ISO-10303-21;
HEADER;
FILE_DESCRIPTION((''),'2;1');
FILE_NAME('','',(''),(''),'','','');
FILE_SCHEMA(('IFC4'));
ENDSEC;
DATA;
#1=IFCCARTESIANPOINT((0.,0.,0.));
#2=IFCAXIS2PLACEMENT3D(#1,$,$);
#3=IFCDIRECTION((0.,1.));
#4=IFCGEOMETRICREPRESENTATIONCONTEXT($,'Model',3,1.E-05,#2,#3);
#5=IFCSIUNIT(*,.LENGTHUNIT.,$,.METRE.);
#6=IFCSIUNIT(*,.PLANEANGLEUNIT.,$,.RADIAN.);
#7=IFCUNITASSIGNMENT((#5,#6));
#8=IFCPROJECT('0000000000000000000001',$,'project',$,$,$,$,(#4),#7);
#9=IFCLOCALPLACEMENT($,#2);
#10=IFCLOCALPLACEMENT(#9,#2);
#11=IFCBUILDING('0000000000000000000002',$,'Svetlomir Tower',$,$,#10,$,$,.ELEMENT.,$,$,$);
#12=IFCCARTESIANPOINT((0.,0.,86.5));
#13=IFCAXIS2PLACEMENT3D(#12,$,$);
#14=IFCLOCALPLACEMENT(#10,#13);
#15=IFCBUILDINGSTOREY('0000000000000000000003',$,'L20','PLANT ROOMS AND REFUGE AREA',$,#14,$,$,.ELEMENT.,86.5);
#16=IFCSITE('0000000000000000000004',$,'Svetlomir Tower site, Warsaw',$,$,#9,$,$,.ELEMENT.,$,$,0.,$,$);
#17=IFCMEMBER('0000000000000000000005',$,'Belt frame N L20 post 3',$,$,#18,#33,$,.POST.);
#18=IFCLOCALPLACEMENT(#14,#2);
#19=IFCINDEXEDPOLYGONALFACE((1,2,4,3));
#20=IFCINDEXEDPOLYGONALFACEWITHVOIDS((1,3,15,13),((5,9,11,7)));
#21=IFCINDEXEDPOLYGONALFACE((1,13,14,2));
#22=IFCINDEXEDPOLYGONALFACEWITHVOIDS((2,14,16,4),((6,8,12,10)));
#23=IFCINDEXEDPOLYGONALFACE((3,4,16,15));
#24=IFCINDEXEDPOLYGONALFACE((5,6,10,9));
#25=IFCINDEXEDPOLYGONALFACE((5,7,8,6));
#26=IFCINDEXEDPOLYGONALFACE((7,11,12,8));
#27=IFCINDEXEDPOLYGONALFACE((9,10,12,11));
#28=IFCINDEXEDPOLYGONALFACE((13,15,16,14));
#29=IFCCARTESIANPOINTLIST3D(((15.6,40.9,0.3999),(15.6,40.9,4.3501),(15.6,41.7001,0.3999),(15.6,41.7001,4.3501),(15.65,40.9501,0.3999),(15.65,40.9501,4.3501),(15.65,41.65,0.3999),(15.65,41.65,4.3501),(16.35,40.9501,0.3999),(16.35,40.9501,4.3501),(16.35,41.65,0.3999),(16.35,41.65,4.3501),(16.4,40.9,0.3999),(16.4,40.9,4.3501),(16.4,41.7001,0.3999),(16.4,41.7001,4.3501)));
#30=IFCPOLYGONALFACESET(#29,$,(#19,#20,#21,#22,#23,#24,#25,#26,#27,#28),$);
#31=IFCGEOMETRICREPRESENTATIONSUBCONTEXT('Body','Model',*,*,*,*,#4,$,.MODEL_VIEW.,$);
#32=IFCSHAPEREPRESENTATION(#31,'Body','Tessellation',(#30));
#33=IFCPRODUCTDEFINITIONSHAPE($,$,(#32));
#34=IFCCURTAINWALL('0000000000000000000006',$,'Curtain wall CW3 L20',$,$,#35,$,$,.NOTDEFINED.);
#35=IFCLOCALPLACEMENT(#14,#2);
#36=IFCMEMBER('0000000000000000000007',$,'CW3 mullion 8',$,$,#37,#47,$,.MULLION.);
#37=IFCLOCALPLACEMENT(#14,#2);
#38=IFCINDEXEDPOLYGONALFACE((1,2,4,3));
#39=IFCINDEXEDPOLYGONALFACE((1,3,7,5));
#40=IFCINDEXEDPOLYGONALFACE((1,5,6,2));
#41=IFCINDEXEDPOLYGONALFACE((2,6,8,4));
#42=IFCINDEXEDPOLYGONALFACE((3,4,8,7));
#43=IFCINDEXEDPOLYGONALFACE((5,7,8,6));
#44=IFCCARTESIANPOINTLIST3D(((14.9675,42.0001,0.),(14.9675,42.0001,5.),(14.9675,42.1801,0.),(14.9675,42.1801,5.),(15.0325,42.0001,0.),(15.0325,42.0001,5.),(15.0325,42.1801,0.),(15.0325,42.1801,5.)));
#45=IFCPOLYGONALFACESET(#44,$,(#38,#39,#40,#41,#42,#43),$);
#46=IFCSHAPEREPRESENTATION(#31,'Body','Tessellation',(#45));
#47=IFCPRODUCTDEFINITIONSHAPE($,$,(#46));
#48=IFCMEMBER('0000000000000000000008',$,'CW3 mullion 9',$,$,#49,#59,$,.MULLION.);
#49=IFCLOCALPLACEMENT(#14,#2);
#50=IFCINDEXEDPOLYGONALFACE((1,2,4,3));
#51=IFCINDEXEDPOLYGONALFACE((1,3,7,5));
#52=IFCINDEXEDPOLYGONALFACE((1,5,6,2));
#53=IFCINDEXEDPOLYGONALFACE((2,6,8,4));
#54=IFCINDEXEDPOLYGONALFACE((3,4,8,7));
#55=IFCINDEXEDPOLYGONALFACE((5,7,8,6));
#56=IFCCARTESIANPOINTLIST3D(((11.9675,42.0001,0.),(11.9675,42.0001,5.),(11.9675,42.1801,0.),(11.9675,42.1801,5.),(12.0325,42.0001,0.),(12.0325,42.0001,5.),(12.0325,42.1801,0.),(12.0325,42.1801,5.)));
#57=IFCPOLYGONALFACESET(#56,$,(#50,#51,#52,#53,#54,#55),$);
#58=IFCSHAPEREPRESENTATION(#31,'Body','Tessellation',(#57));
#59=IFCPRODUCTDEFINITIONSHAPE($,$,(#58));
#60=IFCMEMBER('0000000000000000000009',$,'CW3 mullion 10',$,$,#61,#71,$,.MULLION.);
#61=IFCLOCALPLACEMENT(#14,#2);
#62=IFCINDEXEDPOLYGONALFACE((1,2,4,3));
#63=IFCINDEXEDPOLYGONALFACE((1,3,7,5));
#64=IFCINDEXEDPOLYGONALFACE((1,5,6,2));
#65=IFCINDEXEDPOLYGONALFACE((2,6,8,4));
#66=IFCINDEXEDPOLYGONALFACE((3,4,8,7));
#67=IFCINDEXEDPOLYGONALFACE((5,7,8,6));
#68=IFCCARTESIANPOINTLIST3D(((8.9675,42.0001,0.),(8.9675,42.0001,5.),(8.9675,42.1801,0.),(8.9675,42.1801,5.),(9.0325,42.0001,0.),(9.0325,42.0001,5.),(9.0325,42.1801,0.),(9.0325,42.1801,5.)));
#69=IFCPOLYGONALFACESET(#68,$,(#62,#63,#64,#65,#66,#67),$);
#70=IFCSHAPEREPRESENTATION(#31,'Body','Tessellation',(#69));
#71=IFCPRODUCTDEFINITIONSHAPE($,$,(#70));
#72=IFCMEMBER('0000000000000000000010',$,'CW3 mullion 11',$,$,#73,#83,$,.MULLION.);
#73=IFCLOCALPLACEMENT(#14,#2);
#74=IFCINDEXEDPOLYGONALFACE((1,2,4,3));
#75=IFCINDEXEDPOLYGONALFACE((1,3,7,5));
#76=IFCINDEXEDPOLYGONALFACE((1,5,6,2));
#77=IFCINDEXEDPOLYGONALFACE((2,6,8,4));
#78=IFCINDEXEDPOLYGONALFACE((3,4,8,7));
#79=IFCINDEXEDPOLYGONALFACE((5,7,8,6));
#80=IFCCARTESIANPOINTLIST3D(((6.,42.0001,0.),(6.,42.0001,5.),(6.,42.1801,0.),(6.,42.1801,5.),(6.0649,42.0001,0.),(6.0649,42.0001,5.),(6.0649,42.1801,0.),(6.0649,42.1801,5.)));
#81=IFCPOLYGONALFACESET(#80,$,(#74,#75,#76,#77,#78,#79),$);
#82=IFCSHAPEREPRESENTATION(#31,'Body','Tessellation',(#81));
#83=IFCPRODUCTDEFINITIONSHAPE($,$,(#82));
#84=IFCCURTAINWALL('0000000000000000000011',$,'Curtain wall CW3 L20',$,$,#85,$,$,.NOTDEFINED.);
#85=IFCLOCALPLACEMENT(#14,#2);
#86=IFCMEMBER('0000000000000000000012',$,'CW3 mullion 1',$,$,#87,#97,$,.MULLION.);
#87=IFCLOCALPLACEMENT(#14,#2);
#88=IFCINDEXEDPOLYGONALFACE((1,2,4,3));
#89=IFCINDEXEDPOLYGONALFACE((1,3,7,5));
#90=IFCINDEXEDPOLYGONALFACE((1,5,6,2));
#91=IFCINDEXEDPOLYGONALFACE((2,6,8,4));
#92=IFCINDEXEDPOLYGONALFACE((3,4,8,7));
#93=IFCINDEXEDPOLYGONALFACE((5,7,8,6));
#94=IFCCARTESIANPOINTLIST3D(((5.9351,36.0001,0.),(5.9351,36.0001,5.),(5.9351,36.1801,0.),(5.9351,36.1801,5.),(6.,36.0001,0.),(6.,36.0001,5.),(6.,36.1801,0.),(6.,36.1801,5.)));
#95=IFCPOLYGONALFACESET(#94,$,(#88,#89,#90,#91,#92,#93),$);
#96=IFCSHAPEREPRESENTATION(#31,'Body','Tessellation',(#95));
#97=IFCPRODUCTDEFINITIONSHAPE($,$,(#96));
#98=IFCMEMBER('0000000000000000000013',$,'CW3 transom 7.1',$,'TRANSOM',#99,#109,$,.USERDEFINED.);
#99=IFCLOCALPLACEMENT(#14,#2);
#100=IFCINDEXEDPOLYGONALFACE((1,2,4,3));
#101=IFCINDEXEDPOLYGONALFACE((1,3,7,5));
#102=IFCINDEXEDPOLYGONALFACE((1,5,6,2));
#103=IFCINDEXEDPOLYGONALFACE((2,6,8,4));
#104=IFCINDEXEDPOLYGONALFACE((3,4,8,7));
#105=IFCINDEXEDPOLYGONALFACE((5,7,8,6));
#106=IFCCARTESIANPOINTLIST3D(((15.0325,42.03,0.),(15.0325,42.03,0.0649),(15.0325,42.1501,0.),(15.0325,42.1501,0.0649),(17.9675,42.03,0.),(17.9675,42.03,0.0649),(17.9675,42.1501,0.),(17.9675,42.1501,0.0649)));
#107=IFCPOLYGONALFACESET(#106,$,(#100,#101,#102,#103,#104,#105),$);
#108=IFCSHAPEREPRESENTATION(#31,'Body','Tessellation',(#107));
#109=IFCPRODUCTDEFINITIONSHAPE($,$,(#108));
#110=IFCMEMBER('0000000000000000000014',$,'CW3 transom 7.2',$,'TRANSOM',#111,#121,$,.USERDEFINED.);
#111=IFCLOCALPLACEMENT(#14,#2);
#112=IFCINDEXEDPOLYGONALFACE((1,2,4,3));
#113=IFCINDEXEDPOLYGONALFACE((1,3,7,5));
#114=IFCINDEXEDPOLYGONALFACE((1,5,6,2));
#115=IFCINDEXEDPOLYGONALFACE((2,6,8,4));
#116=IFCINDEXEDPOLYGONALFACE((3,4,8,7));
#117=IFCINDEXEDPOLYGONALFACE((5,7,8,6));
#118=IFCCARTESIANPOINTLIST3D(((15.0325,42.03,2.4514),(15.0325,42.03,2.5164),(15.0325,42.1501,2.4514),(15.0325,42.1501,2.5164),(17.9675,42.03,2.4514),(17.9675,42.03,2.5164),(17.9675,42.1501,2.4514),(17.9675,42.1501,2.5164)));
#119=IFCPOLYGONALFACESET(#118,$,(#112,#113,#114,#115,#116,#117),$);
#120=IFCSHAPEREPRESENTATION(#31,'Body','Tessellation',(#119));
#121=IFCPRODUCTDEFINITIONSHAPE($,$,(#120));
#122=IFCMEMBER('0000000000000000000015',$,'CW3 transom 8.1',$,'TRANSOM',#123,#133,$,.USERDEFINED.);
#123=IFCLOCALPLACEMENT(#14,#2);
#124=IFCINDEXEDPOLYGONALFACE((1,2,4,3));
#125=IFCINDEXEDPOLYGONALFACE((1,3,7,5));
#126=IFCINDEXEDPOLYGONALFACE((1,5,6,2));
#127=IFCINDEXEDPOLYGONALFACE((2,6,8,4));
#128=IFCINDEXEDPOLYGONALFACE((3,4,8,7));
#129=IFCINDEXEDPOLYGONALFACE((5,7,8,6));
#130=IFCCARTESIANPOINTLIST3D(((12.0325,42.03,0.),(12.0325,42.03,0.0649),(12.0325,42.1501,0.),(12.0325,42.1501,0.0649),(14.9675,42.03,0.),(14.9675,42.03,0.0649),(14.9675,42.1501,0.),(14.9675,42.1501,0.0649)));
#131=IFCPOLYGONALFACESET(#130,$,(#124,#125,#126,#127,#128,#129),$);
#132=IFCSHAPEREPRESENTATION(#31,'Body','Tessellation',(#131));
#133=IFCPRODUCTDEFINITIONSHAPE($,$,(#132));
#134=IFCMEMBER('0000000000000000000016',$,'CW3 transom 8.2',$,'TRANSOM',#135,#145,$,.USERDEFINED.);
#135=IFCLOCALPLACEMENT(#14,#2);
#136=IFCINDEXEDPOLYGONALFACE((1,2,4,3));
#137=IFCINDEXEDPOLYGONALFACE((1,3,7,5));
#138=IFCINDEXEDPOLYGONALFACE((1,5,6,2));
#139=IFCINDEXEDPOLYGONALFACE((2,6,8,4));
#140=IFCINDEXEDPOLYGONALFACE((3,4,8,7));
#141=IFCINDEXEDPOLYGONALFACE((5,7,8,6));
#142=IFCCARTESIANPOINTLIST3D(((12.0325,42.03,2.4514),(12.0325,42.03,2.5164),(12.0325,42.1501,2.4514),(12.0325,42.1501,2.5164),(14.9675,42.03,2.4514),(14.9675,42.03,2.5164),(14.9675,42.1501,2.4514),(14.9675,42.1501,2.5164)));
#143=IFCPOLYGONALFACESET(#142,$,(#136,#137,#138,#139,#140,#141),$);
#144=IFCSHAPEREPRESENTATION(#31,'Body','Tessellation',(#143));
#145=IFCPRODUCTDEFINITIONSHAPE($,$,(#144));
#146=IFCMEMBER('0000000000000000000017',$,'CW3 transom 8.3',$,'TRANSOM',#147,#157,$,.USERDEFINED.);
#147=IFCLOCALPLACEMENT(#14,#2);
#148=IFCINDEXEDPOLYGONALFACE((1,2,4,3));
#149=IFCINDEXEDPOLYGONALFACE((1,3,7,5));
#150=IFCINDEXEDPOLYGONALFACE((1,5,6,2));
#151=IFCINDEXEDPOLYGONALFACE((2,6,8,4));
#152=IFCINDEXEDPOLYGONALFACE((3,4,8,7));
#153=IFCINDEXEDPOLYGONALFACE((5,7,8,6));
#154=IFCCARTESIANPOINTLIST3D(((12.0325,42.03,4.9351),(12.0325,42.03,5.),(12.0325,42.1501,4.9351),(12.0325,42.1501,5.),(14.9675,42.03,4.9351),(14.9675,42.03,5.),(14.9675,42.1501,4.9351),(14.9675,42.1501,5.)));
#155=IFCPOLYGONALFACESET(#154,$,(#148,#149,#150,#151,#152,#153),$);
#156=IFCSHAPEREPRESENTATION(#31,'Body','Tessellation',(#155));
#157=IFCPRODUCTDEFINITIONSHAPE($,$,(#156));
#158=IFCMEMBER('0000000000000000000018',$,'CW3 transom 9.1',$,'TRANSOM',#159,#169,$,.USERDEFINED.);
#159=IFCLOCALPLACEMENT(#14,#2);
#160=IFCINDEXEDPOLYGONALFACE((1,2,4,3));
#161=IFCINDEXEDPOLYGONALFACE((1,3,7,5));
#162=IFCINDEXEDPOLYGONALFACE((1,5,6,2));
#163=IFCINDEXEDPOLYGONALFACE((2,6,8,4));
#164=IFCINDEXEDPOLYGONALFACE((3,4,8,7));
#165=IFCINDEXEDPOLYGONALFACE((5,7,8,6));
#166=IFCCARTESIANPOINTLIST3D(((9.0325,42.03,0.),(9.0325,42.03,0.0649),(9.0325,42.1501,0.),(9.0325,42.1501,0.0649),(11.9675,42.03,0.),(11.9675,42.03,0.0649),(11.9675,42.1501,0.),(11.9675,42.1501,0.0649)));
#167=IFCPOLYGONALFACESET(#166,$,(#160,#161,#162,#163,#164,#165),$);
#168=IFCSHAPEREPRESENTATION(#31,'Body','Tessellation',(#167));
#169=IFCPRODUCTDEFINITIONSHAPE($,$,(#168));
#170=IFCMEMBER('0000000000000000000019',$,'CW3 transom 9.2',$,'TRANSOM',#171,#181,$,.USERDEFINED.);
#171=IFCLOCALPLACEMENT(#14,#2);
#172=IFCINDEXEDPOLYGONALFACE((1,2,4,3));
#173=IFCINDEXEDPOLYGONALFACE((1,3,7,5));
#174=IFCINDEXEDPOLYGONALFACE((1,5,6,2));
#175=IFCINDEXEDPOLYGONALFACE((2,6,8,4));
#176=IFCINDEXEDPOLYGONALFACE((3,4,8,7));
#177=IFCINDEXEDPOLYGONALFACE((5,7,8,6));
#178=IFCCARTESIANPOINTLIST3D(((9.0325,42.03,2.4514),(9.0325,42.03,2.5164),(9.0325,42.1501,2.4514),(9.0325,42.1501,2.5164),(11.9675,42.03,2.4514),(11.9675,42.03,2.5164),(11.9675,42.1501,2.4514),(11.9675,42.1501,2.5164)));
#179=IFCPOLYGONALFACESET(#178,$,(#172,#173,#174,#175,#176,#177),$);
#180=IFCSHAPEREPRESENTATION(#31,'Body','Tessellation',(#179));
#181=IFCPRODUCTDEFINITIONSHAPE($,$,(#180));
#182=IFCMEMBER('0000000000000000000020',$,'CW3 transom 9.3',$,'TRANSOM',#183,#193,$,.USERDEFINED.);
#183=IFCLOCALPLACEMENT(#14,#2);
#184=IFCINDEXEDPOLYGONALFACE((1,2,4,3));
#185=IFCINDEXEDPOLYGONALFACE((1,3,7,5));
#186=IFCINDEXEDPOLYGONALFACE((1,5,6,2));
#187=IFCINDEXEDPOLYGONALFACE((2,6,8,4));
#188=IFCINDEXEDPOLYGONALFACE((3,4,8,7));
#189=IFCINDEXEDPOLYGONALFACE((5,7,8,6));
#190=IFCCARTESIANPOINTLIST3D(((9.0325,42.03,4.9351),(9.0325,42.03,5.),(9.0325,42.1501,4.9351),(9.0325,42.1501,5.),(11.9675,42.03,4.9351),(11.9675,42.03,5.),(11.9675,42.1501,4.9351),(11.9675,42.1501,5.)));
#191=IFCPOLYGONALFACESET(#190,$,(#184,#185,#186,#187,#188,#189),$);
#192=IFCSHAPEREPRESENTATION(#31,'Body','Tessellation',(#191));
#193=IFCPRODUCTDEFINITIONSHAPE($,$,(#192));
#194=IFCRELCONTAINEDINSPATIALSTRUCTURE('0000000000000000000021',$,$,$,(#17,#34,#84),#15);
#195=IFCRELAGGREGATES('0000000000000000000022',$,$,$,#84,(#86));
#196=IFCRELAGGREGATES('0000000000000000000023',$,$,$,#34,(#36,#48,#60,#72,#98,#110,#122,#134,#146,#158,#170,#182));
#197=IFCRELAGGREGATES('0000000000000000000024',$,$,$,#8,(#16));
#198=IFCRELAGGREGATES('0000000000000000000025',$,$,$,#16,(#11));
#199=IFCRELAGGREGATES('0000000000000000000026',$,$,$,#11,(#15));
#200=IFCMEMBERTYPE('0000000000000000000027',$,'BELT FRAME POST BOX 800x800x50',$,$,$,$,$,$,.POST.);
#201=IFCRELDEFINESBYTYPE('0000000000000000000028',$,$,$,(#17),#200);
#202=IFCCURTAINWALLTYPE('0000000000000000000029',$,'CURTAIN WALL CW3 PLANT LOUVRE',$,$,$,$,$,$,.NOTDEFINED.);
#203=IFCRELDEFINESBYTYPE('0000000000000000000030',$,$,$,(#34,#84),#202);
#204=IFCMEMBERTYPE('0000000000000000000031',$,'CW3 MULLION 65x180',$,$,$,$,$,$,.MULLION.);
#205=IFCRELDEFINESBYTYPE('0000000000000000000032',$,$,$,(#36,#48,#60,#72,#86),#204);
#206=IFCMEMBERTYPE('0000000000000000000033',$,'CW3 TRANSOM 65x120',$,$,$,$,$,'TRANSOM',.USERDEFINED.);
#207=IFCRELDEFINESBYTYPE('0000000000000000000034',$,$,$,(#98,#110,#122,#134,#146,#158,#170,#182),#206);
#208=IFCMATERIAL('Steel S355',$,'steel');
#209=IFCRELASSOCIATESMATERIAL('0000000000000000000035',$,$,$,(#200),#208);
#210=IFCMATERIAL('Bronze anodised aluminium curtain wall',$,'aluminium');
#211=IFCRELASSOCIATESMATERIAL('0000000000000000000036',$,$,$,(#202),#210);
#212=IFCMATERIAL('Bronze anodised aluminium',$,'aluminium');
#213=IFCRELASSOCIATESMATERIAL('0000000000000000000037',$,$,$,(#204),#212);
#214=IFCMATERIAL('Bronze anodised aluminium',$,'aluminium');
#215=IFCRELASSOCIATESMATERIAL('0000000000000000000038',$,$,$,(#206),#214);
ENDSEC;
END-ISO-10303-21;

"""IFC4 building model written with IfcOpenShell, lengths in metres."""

from ifc_helpers import new_model, si_unit, direction, frame, origin, origin_2d, place, context, subcontext, project, spatial, rectangle, hollow_rectangle, extrude, material, material_profile, profile_set, type_object, element, aggregate, save


model = new_model("IFC4")

# Units and contexts
model_context = context("Model", 3, precision=1e-05, world=origin(), true_north=direction((0.0, 1.0)))
body_context = subcontext(model_context, "Body", "Model", "MODEL_VIEW")
ifc_project = project(units=[si_unit("LENGTHUNIT", "METRE"), si_unit("PLANEANGLEUNIT", "RADIAN")], contexts=[model_context])

# Site, building, storey
site_placement = place(None, origin())
site = spatial("IfcSite", under=ifc_project, at=site_placement, Name="Svetlomir Tower site, Warsaw", CompositionType="ELEMENT", RefElevation=0.0)
building_placement = place(site_placement, origin())
building = spatial("IfcBuilding", under=site, at=building_placement, Name="Svetlomir Tower", CompositionType="ELEMENT")
storey_placement = place(building_placement, frame((0.0, 0.0, 86.5)))
storey = spatial("IfcBuildingStorey", under=building, at=storey_placement, Name="L20", Description="PLANT ROOMS AND REFUGE AREA", CompositionType="ELEMENT", Elevation=86.5)

# Member
ifc_material_1 = material(Name="Steel S355", Category="steel")
ifc_material_profile_1 = material_profile(ifc_material_1, hollow_rectangle(XDim=0.8, YDim=0.8, WallThickness=0.05, at=origin_2d()), Name="BOX 800x800x50")
ifc_profile_set_1 = profile_set([ifc_material_profile_1], Name="Steel S355")
member_type_1 = type_object("IfcMemberType", Name="BELT FRAME POST BOX 800x800x50", PredefinedType="POST", material=ifc_profile_set_1)
for number, where, z_axis, x_axis, name in (
    (1, (16.0, 41.3, 0.3999), (0.0, 0.0, 1.0), (1.0, 0.0, 0.0), "Belt frame N L20 post 3"),
):
    element("IfcMember", number, at=place(storey_placement, frame(where, z_axis=z_axis, x_axis=x_axis)), inside=storey, type_object=member_type_1, Name=name, PredefinedType="POST", context=body_context, shape_type="SweptSolid", body=[
        extrude(hollow_rectangle(XDim=0.8, YDim=0.8, WallThickness=0.05, at=origin_2d()), origin(), (0.0, 0.0, 1.0), 3.9502),
    ])

# Curtain wall, members
ifc_material_2 = material(Name="Bronze anodised aluminium curtain wall", Category="aluminium")
curtain_wall_type = type_object("IfcCurtainWallType", Name="CURTAIN WALL CW3 PLANT LOUVRE", PredefinedType="NOTDEFINED", material=ifc_material_2)
curtain_wall_1_placement = place(storey_placement, origin())
curtain_wall_1 = element("IfcCurtainWall", 2, at=curtain_wall_1_placement, inside=storey, type_object=curtain_wall_type, Name="Curtain wall CW3 L20", PredefinedType="NOTDEFINED")
ifc_material_3 = material(Name="Bronze anodised aluminium", Category="aluminium")
ifc_material_profile_2 = material_profile(ifc_material_3, rectangle(XDim=0.0649, YDim=0.1799, at=origin_2d()), Name="AL 65x180")
ifc_profile_set_2 = profile_set([ifc_material_profile_2], Name="Bronze anodised aluminium 6063-T6")
member_type_2 = type_object("IfcMemberType", Name="CW3 MULLION 65x180", PredefinedType="MULLION", material=ifc_profile_set_2)
member_1_placement = place(storey_placement, frame((15.0, 42.0901, 0.0), z_axis=(0.0, 0.0, 1.0), x_axis=(-1.0, 0.0, 0.0)))
member_1 = element("IfcMember", 3, at=member_1_placement, type_object=member_type_2, Name="CW3 mullion 8", PredefinedType="MULLION", context=body_context, shape_type="SweptSolid", body=[
    extrude(rectangle(XDim=0.0649, YDim=0.1799, at=origin_2d()), origin(), (0.0, 0.0, 1.0), 5.0),
])
member_2_placement = place(storey_placement, frame((12.0, 42.0901, 0.0), z_axis=(0.0, 0.0, 1.0), x_axis=(-1.0, 0.0, 0.0)))
member_2 = element("IfcMember", 4, at=member_2_placement, type_object=member_type_2, Name="CW3 mullion 9", PredefinedType="MULLION", context=body_context, shape_type="SweptSolid", body=[
    extrude(rectangle(XDim=0.0649, YDim=0.1799, at=origin_2d()), origin(), (0.0, 0.0, 1.0), 5.0),
])
member_3_placement = place(storey_placement, frame((9.0, 42.0901, 0.0), z_axis=(0.0, 0.0, 1.0), x_axis=(-1.0, 0.0, 0.0)))
member_3 = element("IfcMember", 5, at=member_3_placement, type_object=member_type_2, Name="CW3 mullion 10", PredefinedType="MULLION", context=body_context, shape_type="SweptSolid", body=[
    extrude(rectangle(XDim=0.0649, YDim=0.1799, at=origin_2d()), origin(), (0.0, 0.0, 1.0), 5.0),
])
member_4_placement = place(storey_placement, frame((6.0325, 42.0901, 0.0), z_axis=(0.0, 0.0, 1.0), x_axis=(-1.0, 0.0, 0.0)))
member_4 = element("IfcMember", 6, at=member_4_placement, type_object=member_type_2, Name="CW3 mullion 11", PredefinedType="MULLION", context=body_context, shape_type="SweptSolid", body=[
    extrude(rectangle(XDim=0.0649, YDim=0.1799, at=origin_2d()), origin(), (0.0, 0.0, 1.0), 5.0),
])

# Curtain wall, member
curtain_wall_2_placement = place(storey_placement, origin())
curtain_wall_2 = element("IfcCurtainWall", 7, at=curtain_wall_2_placement, inside=storey, type_object=curtain_wall_type, Name="Curtain wall CW3 L20", PredefinedType="NOTDEFINED")
member_5_placement = place(storey_placement, frame((5.9675, 36.0901, 0.0), z_axis=(0.0, 0.0, 1.0), x_axis=(-1.0, 0.0, 0.0)))
member_5 = element("IfcMember", 8, at=member_5_placement, type_object=member_type_2, Name="CW3 mullion 1", PredefinedType="MULLION", context=body_context, shape_type="SweptSolid", body=[
    extrude(rectangle(XDim=0.0649, YDim=0.1799, at=origin_2d()), origin(), (0.0, 0.0, 1.0), 5.0),
])
aggregate(curtain_wall_2, [member_5])

# Members
ifc_material_4 = material(Name="Bronze anodised aluminium", Category="aluminium")
ifc_material_profile_3 = material_profile(ifc_material_4, rectangle(XDim=0.1201, YDim=0.0649, at=origin_2d()), Name="AL 120x65")
ifc_profile_set_3 = profile_set([ifc_material_profile_3], Name="Bronze anodised aluminium 6063-T6")
member_type_3 = type_object("IfcMemberType", Name="CW3 TRANSOM 65x120", ElementType="TRANSOM", PredefinedType="USERDEFINED", material=ifc_profile_set_3)
member_6_placement = place(storey_placement, frame((17.9675, 42.0901, 0.0325), z_axis=(-1.0, 0.0, 0.0), x_axis=(0.0, -1.0, 0.0)))
member_6 = element("IfcMember", 9, at=member_6_placement, type_object=member_type_3, Name="CW3 transom 7.1", ObjectType="TRANSOM", PredefinedType="USERDEFINED", context=body_context, shape_type="SweptSolid", body=[
    extrude(rectangle(XDim=0.1201, YDim=0.0649, at=origin_2d()), origin(), (0.0, 0.0, 1.0), 2.9351),
])
member_7_placement = place(storey_placement, frame((17.9675, 42.0901, 2.4839), z_axis=(-1.0, 0.0, 0.0), x_axis=(0.0, -1.0, 0.0)))
member_7 = element("IfcMember", 10, at=member_7_placement, type_object=member_type_3, Name="CW3 transom 7.2", ObjectType="TRANSOM", PredefinedType="USERDEFINED", context=body_context, shape_type="SweptSolid", body=[
    extrude(rectangle(XDim=0.1201, YDim=0.0649, at=origin_2d()), origin(), (0.0, 0.0, 1.0), 2.9351),
])
member_8_placement = place(storey_placement, frame((14.9675, 42.0901, 0.0325), z_axis=(-1.0, 0.0, 0.0), x_axis=(0.0, -1.0, 0.0)))
member_8 = element("IfcMember", 11, at=member_8_placement, type_object=member_type_3, Name="CW3 transom 8.1", ObjectType="TRANSOM", PredefinedType="USERDEFINED", context=body_context, shape_type="SweptSolid", body=[
    extrude(rectangle(XDim=0.1201, YDim=0.0649, at=origin_2d()), origin(), (0.0, 0.0, 1.0), 2.9351),
])
member_9_placement = place(storey_placement, frame((14.9675, 42.0901, 2.4839), z_axis=(-1.0, 0.0, 0.0), x_axis=(0.0, -1.0, 0.0)))
member_9 = element("IfcMember", 12, at=member_9_placement, type_object=member_type_3, Name="CW3 transom 8.2", ObjectType="TRANSOM", PredefinedType="USERDEFINED", context=body_context, shape_type="SweptSolid", body=[
    extrude(rectangle(XDim=0.1201, YDim=0.0649, at=origin_2d()), origin(), (0.0, 0.0, 1.0), 2.9351),
])
member_10_placement = place(storey_placement, frame((14.9675, 42.0901, 4.9675), z_axis=(-1.0, 0.0, 0.0), x_axis=(0.0, -1.0, 0.0)))
member_10 = element("IfcMember", 13, at=member_10_placement, type_object=member_type_3, Name="CW3 transom 8.3", ObjectType="TRANSOM", PredefinedType="USERDEFINED", context=body_context, shape_type="SweptSolid", body=[
    extrude(rectangle(XDim=0.1201, YDim=0.0649, at=origin_2d()), origin(), (0.0, 0.0, 1.0), 2.9351),
])
member_11_placement = place(storey_placement, frame((11.9675, 42.0901, 0.0325), z_axis=(-1.0, 0.0, 0.0), x_axis=(0.0, -1.0, 0.0)))
member_11 = element("IfcMember", 14, at=member_11_placement, type_object=member_type_3, Name="CW3 transom 9.1", ObjectType="TRANSOM", PredefinedType="USERDEFINED", context=body_context, shape_type="SweptSolid", body=[
    extrude(rectangle(XDim=0.1201, YDim=0.0649, at=origin_2d()), origin(), (0.0, 0.0, 1.0), 2.9351),
])
member_12_placement = place(storey_placement, frame((11.9675, 42.0901, 2.4839), z_axis=(-1.0, 0.0, 0.0), x_axis=(0.0, -1.0, 0.0)))
member_12 = element("IfcMember", 15, at=member_12_placement, type_object=member_type_3, Name="CW3 transom 9.2", ObjectType="TRANSOM", PredefinedType="USERDEFINED", context=body_context, shape_type="SweptSolid", body=[
    extrude(rectangle(XDim=0.1201, YDim=0.0649, at=origin_2d()), origin(), (0.0, 0.0, 1.0), 2.9351),
])
member_13_placement = place(storey_placement, frame((11.9675, 42.0901, 4.9675), z_axis=(-1.0, 0.0, 0.0), x_axis=(0.0, -1.0, 0.0)))
member_13 = element("IfcMember", 16, at=member_13_placement, type_object=member_type_3, Name="CW3 transom 9.3", ObjectType="TRANSOM", PredefinedType="USERDEFINED", context=body_context, shape_type="SweptSolid", body=[
    extrude(rectangle(XDim=0.1201, YDim=0.0649, at=origin_2d()), origin(), (0.0, 0.0, 1.0), 2.9351),
])

aggregate(curtain_wall_1, [member_1, member_2, member_3, member_4, member_6, member_7, member_8, member_9, member_10, member_11, member_12, member_13])

save(model, "model.ifc")
